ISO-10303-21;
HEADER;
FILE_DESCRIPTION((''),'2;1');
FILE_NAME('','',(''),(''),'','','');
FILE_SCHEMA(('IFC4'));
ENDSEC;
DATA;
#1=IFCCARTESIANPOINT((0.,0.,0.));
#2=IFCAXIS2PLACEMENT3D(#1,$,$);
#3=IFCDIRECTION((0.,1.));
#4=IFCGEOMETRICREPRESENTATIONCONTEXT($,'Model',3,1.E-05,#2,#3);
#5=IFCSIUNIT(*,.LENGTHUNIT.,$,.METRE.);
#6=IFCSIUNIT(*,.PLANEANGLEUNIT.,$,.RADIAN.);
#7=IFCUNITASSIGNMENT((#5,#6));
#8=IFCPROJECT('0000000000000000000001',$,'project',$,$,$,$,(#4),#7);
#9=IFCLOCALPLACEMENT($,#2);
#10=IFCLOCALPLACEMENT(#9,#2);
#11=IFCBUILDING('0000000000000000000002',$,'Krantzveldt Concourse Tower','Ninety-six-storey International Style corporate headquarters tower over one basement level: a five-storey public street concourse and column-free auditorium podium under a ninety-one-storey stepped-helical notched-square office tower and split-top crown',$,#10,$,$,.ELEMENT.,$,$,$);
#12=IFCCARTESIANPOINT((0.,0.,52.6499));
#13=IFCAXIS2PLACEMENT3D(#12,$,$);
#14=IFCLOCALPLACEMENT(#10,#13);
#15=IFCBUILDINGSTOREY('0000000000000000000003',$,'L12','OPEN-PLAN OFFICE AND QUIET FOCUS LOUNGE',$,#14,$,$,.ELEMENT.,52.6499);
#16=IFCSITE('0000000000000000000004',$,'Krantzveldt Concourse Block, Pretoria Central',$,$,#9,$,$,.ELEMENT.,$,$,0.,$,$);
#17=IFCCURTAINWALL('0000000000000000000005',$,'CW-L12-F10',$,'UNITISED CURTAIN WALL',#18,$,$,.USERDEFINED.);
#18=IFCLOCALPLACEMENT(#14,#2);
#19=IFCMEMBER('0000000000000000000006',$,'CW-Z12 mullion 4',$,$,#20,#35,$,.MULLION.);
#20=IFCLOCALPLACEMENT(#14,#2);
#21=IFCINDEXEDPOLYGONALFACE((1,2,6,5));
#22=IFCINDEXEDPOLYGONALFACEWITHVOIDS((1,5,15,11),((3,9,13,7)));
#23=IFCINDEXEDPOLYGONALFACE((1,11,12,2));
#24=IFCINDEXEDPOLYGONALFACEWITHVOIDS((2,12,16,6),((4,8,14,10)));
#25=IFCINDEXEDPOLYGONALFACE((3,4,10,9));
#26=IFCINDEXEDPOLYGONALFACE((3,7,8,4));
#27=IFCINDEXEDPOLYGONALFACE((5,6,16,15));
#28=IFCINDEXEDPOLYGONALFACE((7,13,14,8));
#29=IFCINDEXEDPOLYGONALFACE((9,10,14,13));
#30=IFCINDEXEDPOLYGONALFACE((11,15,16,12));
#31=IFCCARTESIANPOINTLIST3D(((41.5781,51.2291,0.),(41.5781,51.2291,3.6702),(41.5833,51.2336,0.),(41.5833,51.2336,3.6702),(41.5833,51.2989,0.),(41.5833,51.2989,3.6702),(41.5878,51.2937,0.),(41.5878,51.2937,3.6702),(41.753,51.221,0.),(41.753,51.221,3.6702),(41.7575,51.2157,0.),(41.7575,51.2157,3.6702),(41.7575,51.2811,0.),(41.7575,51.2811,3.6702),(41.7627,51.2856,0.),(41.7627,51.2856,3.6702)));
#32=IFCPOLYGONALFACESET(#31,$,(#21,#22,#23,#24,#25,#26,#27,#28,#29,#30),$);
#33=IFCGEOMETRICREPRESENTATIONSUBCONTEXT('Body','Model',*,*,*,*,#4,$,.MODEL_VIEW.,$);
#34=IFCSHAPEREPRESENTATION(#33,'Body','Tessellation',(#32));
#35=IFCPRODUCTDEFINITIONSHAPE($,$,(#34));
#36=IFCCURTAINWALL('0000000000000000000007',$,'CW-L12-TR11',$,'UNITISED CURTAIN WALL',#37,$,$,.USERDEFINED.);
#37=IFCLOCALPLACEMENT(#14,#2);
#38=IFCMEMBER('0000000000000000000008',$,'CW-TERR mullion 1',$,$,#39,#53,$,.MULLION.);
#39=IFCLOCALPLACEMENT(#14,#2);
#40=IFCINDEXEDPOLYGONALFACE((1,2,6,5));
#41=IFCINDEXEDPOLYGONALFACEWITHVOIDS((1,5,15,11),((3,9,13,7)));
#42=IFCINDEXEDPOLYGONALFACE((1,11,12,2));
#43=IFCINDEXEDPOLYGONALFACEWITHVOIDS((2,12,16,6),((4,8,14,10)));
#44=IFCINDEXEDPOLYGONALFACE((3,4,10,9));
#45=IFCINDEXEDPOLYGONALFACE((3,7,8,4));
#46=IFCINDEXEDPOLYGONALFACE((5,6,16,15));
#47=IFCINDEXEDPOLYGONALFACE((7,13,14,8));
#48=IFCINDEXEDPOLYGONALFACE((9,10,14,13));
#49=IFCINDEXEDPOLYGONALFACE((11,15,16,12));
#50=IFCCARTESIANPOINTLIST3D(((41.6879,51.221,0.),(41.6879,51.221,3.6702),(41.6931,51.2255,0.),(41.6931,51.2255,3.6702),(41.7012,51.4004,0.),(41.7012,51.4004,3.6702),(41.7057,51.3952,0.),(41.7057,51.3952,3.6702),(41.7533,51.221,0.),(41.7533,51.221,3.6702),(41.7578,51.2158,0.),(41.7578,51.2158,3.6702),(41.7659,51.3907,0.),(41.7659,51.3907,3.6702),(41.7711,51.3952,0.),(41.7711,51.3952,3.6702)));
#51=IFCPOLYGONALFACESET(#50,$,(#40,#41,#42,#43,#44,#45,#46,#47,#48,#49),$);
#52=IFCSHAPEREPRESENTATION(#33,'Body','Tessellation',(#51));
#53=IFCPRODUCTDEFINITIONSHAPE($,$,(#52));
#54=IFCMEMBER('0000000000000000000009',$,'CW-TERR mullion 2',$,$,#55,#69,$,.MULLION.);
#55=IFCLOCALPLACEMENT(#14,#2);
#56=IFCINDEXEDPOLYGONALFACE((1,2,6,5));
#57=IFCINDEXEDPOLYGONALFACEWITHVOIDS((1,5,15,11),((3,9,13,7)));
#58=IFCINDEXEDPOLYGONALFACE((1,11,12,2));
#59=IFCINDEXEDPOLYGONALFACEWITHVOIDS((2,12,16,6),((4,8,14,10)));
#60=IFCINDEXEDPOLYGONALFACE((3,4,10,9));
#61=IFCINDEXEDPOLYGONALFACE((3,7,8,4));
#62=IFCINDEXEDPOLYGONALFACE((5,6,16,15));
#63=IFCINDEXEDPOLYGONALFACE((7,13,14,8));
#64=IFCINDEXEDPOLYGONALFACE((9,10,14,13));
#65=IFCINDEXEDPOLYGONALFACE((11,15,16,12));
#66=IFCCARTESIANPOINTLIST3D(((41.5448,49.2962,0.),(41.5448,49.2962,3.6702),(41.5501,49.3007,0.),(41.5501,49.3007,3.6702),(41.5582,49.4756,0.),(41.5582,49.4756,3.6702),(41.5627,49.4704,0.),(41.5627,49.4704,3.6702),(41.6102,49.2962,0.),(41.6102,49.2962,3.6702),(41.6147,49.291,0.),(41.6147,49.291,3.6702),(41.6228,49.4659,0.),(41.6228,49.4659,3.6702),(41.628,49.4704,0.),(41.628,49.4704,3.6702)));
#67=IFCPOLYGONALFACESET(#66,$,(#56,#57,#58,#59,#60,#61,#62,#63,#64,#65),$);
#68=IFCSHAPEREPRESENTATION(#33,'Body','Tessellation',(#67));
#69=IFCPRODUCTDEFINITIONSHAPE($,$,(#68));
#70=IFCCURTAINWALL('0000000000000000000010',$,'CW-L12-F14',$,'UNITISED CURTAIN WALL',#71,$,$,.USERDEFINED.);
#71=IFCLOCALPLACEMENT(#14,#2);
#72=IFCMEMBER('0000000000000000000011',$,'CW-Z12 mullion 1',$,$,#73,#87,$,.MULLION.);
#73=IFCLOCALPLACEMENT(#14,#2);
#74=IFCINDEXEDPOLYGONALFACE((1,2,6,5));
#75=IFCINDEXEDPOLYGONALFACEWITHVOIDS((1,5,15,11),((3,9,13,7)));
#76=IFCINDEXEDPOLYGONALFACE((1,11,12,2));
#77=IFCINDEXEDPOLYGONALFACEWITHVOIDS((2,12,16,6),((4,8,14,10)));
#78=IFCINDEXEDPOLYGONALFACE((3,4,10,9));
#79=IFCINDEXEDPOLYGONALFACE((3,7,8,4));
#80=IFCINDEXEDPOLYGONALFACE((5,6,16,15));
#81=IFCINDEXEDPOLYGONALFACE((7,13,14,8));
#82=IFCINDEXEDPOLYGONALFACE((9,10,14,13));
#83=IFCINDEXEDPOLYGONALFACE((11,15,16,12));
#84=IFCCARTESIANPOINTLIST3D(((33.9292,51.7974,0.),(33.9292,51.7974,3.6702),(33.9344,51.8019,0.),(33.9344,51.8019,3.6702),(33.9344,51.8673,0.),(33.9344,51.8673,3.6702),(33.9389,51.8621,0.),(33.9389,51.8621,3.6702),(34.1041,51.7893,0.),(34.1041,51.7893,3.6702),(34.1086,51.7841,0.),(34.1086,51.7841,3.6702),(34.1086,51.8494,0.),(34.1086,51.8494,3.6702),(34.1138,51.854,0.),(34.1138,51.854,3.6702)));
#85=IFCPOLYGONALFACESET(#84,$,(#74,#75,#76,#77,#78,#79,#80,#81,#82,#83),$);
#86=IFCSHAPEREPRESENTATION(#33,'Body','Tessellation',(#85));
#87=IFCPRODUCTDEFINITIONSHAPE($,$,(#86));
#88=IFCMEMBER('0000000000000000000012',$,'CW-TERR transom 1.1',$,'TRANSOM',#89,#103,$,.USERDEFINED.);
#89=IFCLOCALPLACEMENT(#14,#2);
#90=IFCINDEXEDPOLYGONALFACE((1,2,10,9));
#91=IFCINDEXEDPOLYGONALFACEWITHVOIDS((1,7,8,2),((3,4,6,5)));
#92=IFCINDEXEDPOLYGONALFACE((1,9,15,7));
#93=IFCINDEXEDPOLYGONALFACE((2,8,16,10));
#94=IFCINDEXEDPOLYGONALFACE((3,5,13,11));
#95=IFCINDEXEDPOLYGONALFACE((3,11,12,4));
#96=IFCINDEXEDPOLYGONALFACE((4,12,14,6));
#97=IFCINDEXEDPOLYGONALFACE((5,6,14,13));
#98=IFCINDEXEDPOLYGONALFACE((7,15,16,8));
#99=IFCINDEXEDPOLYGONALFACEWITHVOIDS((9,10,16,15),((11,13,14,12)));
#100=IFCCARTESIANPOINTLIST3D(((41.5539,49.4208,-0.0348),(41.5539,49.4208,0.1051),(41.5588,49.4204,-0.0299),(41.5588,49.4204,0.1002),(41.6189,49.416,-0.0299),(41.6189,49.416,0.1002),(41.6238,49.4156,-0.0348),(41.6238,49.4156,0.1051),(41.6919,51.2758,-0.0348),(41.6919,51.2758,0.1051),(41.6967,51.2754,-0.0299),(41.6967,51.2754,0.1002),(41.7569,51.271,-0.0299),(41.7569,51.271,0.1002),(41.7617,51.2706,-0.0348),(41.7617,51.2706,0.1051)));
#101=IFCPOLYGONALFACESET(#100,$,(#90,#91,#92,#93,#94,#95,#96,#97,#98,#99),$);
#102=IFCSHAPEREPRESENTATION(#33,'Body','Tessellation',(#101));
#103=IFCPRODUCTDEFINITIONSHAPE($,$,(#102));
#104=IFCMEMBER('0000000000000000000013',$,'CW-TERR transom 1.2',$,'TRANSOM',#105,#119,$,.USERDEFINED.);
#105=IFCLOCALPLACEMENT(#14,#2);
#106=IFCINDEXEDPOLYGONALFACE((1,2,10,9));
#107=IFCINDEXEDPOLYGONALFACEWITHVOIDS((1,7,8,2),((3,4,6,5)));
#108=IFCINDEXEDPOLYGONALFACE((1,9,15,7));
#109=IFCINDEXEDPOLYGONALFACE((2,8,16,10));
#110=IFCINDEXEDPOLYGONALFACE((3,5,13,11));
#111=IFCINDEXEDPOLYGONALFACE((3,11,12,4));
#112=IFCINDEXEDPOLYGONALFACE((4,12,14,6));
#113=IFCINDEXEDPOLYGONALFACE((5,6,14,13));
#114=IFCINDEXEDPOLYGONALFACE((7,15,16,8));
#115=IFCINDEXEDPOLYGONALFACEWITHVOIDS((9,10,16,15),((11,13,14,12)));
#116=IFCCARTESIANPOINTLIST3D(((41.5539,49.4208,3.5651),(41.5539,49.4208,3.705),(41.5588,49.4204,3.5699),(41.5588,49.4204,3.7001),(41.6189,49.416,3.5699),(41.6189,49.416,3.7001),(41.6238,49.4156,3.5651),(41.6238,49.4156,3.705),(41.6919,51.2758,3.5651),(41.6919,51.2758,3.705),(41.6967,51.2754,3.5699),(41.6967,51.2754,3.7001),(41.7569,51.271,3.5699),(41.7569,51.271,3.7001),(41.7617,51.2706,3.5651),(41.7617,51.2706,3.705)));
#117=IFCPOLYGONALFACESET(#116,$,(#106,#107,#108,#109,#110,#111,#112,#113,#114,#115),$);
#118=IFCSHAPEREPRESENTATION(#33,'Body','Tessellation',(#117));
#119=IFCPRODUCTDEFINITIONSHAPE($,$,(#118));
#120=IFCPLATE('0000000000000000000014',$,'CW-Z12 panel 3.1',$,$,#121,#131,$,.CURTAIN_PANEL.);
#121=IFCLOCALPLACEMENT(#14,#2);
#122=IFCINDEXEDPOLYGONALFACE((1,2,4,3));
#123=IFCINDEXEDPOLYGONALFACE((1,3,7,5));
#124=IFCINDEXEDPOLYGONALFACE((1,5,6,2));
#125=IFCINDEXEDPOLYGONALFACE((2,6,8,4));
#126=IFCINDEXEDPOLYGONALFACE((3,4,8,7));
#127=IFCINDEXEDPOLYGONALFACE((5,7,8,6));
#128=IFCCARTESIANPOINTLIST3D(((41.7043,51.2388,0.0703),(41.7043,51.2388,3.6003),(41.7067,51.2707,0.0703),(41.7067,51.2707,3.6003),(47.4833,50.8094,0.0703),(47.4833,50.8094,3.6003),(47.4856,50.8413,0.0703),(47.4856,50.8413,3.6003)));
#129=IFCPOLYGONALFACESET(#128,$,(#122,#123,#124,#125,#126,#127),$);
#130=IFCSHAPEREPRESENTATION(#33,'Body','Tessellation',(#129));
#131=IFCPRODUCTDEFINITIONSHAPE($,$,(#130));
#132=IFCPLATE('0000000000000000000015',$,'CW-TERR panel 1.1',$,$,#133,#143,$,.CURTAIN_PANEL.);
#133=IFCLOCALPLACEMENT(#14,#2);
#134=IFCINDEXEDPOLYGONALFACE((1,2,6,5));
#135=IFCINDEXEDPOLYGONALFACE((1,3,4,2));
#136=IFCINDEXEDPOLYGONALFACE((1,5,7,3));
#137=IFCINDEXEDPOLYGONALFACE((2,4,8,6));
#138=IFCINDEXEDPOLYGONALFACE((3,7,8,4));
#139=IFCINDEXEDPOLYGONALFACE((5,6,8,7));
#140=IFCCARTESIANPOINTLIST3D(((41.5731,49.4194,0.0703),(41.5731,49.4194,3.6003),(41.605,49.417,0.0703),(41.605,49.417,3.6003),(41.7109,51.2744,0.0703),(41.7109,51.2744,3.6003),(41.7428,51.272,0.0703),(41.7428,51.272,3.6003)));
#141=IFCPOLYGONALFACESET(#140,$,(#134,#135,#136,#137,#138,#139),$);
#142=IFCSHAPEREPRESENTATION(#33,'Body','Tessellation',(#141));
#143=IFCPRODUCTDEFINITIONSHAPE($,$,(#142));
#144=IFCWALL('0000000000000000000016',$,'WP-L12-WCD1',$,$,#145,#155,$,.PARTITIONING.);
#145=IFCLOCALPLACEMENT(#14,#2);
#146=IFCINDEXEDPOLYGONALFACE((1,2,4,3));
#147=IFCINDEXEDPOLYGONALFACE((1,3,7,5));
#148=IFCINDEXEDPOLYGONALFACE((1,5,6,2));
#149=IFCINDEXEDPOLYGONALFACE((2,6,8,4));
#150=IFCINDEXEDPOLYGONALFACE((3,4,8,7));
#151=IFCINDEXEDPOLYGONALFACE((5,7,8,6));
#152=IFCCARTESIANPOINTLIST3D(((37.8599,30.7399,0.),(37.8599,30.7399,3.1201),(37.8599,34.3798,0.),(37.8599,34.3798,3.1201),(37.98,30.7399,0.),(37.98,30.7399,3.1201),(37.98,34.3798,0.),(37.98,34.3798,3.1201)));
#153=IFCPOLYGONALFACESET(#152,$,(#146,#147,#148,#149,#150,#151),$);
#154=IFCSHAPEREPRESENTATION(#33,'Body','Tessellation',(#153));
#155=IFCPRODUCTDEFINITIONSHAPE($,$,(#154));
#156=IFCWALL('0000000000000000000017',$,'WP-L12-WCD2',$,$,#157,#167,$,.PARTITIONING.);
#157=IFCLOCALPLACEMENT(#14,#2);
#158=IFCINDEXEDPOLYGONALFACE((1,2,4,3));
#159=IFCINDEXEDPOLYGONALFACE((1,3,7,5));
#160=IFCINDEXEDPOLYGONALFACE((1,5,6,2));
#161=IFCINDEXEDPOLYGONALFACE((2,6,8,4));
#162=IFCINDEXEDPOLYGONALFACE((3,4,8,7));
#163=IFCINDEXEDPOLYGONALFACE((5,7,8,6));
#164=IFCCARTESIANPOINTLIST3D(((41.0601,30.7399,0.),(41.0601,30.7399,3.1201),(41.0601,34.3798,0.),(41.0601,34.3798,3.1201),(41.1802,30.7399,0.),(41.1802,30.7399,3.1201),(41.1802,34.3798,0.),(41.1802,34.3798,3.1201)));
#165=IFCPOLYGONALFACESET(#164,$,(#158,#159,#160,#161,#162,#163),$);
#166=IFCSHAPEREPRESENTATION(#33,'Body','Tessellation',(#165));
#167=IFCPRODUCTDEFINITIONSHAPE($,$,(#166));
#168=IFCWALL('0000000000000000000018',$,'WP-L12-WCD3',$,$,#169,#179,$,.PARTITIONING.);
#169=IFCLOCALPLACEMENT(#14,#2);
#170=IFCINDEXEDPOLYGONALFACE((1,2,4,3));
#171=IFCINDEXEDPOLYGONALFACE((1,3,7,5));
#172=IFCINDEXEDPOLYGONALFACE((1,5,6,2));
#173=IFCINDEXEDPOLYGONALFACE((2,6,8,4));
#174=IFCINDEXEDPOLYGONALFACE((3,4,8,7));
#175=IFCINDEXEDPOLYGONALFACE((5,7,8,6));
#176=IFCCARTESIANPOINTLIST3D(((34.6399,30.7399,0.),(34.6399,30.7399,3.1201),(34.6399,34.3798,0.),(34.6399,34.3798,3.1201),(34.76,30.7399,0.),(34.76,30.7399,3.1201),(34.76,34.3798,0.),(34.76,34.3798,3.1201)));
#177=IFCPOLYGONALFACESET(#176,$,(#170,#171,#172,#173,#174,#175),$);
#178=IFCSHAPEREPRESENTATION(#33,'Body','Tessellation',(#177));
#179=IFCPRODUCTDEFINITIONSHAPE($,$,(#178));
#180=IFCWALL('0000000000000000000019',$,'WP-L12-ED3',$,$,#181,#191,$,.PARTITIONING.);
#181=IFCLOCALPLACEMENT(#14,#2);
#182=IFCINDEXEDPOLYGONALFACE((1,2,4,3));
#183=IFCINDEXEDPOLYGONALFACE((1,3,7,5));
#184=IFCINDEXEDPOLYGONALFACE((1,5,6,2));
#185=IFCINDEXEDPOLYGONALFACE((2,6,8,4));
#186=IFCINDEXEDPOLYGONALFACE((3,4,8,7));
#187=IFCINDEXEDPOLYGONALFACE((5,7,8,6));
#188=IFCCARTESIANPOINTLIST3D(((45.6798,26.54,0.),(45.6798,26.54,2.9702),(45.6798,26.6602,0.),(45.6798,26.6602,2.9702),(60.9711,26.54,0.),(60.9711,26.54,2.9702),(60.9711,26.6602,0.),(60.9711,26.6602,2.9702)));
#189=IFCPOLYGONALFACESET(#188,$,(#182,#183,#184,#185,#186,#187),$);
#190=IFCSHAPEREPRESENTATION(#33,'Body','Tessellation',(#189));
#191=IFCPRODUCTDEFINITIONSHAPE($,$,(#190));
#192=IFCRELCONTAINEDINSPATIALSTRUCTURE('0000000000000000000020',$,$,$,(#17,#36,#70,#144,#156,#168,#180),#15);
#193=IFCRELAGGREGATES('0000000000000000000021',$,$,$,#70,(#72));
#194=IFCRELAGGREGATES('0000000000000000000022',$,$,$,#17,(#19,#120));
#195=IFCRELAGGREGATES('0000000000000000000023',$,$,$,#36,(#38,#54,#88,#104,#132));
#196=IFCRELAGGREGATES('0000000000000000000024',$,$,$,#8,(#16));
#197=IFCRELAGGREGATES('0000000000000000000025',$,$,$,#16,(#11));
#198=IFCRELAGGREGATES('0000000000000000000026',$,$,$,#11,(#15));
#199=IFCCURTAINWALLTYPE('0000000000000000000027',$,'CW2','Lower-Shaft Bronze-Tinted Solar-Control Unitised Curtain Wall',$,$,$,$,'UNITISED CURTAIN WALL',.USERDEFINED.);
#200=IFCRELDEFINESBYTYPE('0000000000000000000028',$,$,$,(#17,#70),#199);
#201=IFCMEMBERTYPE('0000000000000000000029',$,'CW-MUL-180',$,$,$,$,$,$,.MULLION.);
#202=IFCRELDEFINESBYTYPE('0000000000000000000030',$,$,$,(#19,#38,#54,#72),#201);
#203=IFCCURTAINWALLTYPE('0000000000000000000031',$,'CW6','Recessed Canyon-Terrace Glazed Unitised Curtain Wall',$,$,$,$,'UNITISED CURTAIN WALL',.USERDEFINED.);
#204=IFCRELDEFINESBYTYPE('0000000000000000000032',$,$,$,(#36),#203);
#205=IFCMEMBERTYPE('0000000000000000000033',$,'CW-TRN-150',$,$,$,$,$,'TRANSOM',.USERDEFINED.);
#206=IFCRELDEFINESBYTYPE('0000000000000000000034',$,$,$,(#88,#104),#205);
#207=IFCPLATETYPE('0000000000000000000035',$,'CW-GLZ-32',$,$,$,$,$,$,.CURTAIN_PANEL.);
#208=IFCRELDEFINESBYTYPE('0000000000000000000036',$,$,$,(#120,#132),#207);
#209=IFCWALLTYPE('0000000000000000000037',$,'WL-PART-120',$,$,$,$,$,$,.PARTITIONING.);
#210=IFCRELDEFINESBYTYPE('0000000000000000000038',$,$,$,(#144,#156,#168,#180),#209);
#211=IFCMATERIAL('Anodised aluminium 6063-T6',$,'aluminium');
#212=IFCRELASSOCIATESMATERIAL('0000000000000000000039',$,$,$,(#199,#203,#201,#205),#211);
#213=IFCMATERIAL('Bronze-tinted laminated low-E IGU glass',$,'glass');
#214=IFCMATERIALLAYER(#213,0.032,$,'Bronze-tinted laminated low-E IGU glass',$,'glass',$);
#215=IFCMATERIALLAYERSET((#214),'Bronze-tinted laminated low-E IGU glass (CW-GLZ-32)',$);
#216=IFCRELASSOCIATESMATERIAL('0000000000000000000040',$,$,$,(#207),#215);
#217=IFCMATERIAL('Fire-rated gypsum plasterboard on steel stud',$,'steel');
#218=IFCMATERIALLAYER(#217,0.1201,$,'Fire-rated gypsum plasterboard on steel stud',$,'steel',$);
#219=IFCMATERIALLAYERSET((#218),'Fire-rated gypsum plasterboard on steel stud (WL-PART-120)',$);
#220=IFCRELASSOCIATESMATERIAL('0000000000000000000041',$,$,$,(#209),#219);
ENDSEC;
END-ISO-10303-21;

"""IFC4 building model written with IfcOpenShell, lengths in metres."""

from ifc_helpers import new_model, si_unit, direction, frame, frame_2d, origin, origin_2d, place, context, subcontext, project, spatial, rectangle, hollow_rectangle, extrude, source, transform, mapped, material, layer, layer_set, material_profile, profile_set, type_object, type_shapes, element, aggregate, save


model = new_model("IFC4")

# Units and contexts
model_context = context("Model", 3, precision=1e-05, world=origin(), true_north=direction((0.0, 1.0)))
body_context = subcontext(model_context, "Body", "Model", "MODEL_VIEW")
ifc_project = project(units=[si_unit("LENGTHUNIT", "METRE"), si_unit("PLANEANGLEUNIT", "RADIAN")], contexts=[model_context])

# Site, building, storey
site_placement = place(None, origin())
site = spatial("IfcSite", under=ifc_project, at=site_placement, Name="Krantzveldt Concourse Block, Pretoria Central", CompositionType="ELEMENT", RefElevation=0.0)
building_placement = place(site_placement, origin())
building = spatial("IfcBuilding", under=site, at=building_placement, Name="Krantzveldt Concourse Tower", Description="Ninety-six-storey International Style corporate headquarters tower over one basement level: a five-storey public street concourse and column-free auditorium podium under a ninety-one-storey stepped-helical notched-square office tower and split-top crown", CompositionType="ELEMENT")
storey_placement = place(building_placement, frame((0.0, 0.0, 52.6499)))
storey = spatial("IfcBuildingStorey", under=building, at=storey_placement, Name="L12", Description="OPEN-PLAN OFFICE AND QUIET FOCUS LOUNGE", CompositionType="ELEMENT", Elevation=52.6499)

# Curtain wall, member
ifc_material_1 = material(Name="Anodised aluminium 6063-T6", Category="aluminium")
curtain_wall_type_1 = type_object("IfcCurtainWallType", Name="CW2", Description="Lower-Shaft Bronze-Tinted Solar-Control Unitised Curtain Wall", ElementType="UNITISED CURTAIN WALL", PredefinedType="USERDEFINED", material=ifc_material_1)
curtain_wall_1_placement = place(storey_placement, origin())
curtain_wall_1 = element("IfcCurtainWall", 1, at=curtain_wall_1_placement, inside=storey, type_object=curtain_wall_type_1, Name="CW-L12-F10", ObjectType="UNITISED CURTAIN WALL", PredefinedType="USERDEFINED")
ifc_material_profile_1 = material_profile(ifc_material_1, hollow_rectangle(XDim=0.0701, YDim=0.1799, WallThickness=0.0049, at=origin_2d()), Name="Anodised aluminium 6063-T6", Category="aluminium")
ifc_profile_set_1 = profile_set([ifc_material_profile_1], Name="Anodised aluminium 6063-T6 - ALU-MULL 180x70x5")
member_type_1 = type_object("IfcMemberType", Name="CW-MUL-180", PredefinedType="MULLION", material=ifc_profile_set_1)
shared_shape_1 = source(origin(), body_context, "Body", "SweptSolid", [
    extrude(hollow_rectangle(XDim=0.0701, YDim=0.1799, WallThickness=0.0049, at=origin_2d()), origin(), (0.0, 0.0, 1.0), 3.6702),
])
type_shapes(member_type_1, [shared_shape_1])
member_1_placement = place(storey_placement, frame((41.6704, 51.2573, 0.0), z_axis=(0.0, 0.0, 1.0), x_axis=(-0.074108, -0.99725, 0.0)))
member_1 = element("IfcMember", 2, at=member_1_placement, type_object=member_type_1, Name="CW-Z12 mullion 4", PredefinedType="MULLION", context=body_context, shape_type="MappedRepresentation", body=[
    mapped(shared_shape_1, transform((0.0, 0.0, 0.0), x_axis=(1.0, 0.0, 0.0), y_axis=(0.0, 1.0, 0.0), z_axis=(0.0, 0.0, 1.0), scale=1.0)),
])

# Curtain wall, members
curtain_wall_type_2 = type_object("IfcCurtainWallType", Name="CW6", Description="Recessed Canyon-Terrace Glazed Unitised Curtain Wall", ElementType="UNITISED CURTAIN WALL", PredefinedType="USERDEFINED", material=ifc_material_1)
curtain_wall_2_placement = place(storey_placement, origin())
curtain_wall_2 = element("IfcCurtainWall", 3, at=curtain_wall_2_placement, inside=storey, type_object=curtain_wall_type_2, Name="CW-L12-TR11", ObjectType="UNITISED CURTAIN WALL", PredefinedType="USERDEFINED")
member_2_placement = place(storey_placement, frame((41.7295, 51.3081, 0.0), z_axis=(0.0, 0.0, 1.0), x_axis=(0.99725, -0.074105, 0.0)))
member_2 = element("IfcMember", 4, at=member_2_placement, type_object=member_type_1, Name="CW-TERR mullion 1", PredefinedType="MULLION", context=body_context, shape_type="MappedRepresentation", body=[
    mapped(shared_shape_1, transform((0.0, 0.0, 0.0), x_axis=(1.0, 0.0, 0.0), y_axis=(0.0, 1.0, 0.0), z_axis=(0.0, 0.0, 1.0), scale=1.0)),
])
member_3_placement = place(storey_placement, frame((41.5864, 49.3833, 0.0), z_axis=(0.0, 0.0, 1.0), x_axis=(0.99725, -0.074105, 0.0)))
member_3 = element("IfcMember", 5, at=member_3_placement, type_object=member_type_1, Name="CW-TERR mullion 2", PredefinedType="MULLION", context=body_context, shape_type="MappedRepresentation", body=[
    mapped(shared_shape_1, transform((0.0, 0.0, 0.0), x_axis=(1.0, 0.0, 0.0), y_axis=(0.0, 1.0, 0.0), z_axis=(0.0, 0.0, 1.0), scale=1.0)),
])

# Curtain wall, member
curtain_wall_3_placement = place(storey_placement, origin())
curtain_wall_3 = element("IfcCurtainWall", 6, at=curtain_wall_3_placement, inside=storey, type_object=curtain_wall_type_1, Name="CW-L12-F14", ObjectType="UNITISED CURTAIN WALL", PredefinedType="USERDEFINED")
member_4_placement = place(storey_placement, frame((34.0215, 51.8257, 0.0), z_axis=(0.0, 0.0, 1.0), x_axis=(-0.074108, -0.99725, 0.0)))
member_4 = element("IfcMember", 7, at=member_4_placement, type_object=member_type_1, Name="CW-Z12 mullion 1", PredefinedType="MULLION", context=body_context, shape_type="MappedRepresentation", body=[
    mapped(shared_shape_1, transform((0.0, 0.0, 0.0), x_axis=(1.0, 0.0, 0.0), y_axis=(0.0, 1.0, 0.0), z_axis=(0.0, 0.0, 1.0), scale=1.0)),
])
aggregate(curtain_wall_3, [member_4])

# Members
ifc_material_profile_2 = material_profile(ifc_material_1, hollow_rectangle(XDim=0.0701, YDim=0.1399, WallThickness=0.0049, at=origin_2d()), Name="Anodised aluminium 6063-T6", Category="aluminium")
ifc_profile_set_2 = profile_set([ifc_material_profile_2], Name="Anodised aluminium 6063-T6 - ALU-TRAN 140x70x5")
member_type_2 = type_object("IfcMemberType", Name="CW-TRN-150", ElementType="TRANSOM", PredefinedType="USERDEFINED", material=ifc_profile_set_2)
shared_shape_2 = source(origin(), body_context, "Body", "SweptSolid", [
    extrude(hollow_rectangle(XDim=0.0701, YDim=0.1399, WallThickness=0.0049, at=origin_2d()), origin(), (0.0, 0.0, 1.0), 1.8601),
])
type_shapes(member_type_2, [shared_shape_2])
member_5_placement = place(storey_placement, frame((41.7268, 51.2732, 0.0352), z_axis=(-0.074157, -0.997247, 0.0), x_axis=(0.997247, -0.074157, 0.0)))
member_5 = element("IfcMember", 8, at=member_5_placement, type_object=member_type_2, Name="CW-TERR transom 1.1", ObjectType="TRANSOM", PredefinedType="USERDEFINED", context=body_context, shape_type="MappedRepresentation", body=[
    mapped(shared_shape_2, transform((0.0, 0.0, 0.0), x_axis=(1.0, 0.0, 0.0), y_axis=(0.0, 1.0, 0.0), z_axis=(0.0, 0.0, 1.0), scale=1.0)),
])
member_6_placement = place(storey_placement, frame((41.7268, 51.2732, 3.635), z_axis=(-0.074157, -0.997247, 0.0), x_axis=(0.997247, -0.074157, 0.0)))
member_6 = element("IfcMember", 9, at=member_6_placement, type_object=member_type_2, Name="CW-TERR transom 1.2", ObjectType="TRANSOM", PredefinedType="USERDEFINED", context=body_context, shape_type="MappedRepresentation", body=[
    mapped(shared_shape_2, transform((0.0, 0.0, 0.0), x_axis=(1.0, 0.0, 0.0), y_axis=(0.0, 1.0, 0.0), z_axis=(0.0, 0.0, 1.0), scale=1.0)),
])

# Plates
ifc_material_2 = material(Name="Bronze-tinted laminated low-E IGU glass", Category="glass")
ifc_layer_1 = layer(ifc_material_2, 0.032, Name="Bronze-tinted laminated low-E IGU glass", Category="glass")
ifc_layer_set_1 = layer_set([ifc_layer_1], Name="Bronze-tinted laminated low-E IGU glass (CW-GLZ-32)")
plate_type = type_object("IfcPlateType", Name="CW-GLZ-32", PredefinedType="CURTAIN_PANEL", material=ifc_layer_set_1)
shared_shape_3 = source(origin(), body_context, "Body", "SweptSolid", [
    extrude(rectangle(XDim=5.7949, YDim=0.032, at=origin_2d()), origin(), (0.0, 0.0, 1.0), 3.53),
])
plate_1_placement = place(storey_placement, frame((44.595, 51.04, 0.0703), z_axis=(0.0, 0.0, 1.0), x_axis=(-0.99725, 0.074108, 0.0)))
plate_1 = element("IfcPlate", 10, at=plate_1_placement, type_object=plate_type, Name="CW-Z12 panel 3.1", PredefinedType="CURTAIN_PANEL", context=body_context, shape_type="MappedRepresentation", body=[
    mapped(shared_shape_3, transform((0.0, 0.0, 0.0), x_axis=(1.0, 0.0, 0.0), y_axis=(0.0, 1.0, 0.0), z_axis=(0.0, 0.0, 1.0), scale=1.0)),
])
aggregate(curtain_wall_1, [member_1, plate_1])
shared_shape_4 = source(origin(), body_context, "Body", "SweptSolid", [
    extrude(rectangle(XDim=1.8601, YDim=0.032, at=origin_2d()), origin(), (0.0, 0.0, 1.0), 3.53),
])
type_shapes(plate_type, [shared_shape_3, shared_shape_4])
plate_2_placement = place(storey_placement, frame((41.658, 50.3457, 0.0703), z_axis=(0.0, 0.0, 1.0), x_axis=(-0.074105, -0.99725, 0.0)))
plate_2 = element("IfcPlate", 11, at=plate_2_placement, type_object=plate_type, Name="CW-TERR panel 1.1", PredefinedType="CURTAIN_PANEL", context=body_context, shape_type="MappedRepresentation", body=[
    mapped(shared_shape_4, transform((0.0, 0.0, 0.0), x_axis=(1.0, 0.0, 0.0), y_axis=(0.0, 1.0, 0.0), z_axis=(0.0, 0.0, 1.0), scale=1.0)),
])
aggregate(curtain_wall_2, [member_2, member_3, member_5, member_6, plate_2])

# Walls
ifc_material_3 = material(Name="Fire-rated gypsum plasterboard on steel stud", Category="steel")
ifc_layer_2 = layer(ifc_material_3, 0.1201, Name="Fire-rated gypsum plasterboard on steel stud", Category="steel")
ifc_layer_set_2 = layer_set([ifc_layer_2], Name="Fire-rated gypsum plasterboard on steel stud (WL-PART-120)")
wall_type_1 = type_object("IfcWallType", Name="WL-PART-120", PredefinedType="PARTITIONING", material=ifc_layer_set_2)
for number, where, z_axis, x_axis, name in (
    (12, (37.9199, 30.74, 0.0), (0.0, 0.0, 1.0), (0.0, 1.0, 0.0), "WP-L12-WCD1"),
    (13, (41.1201, 30.74, 0.0), (0.0, 0.0, 1.0), (0.0, 1.0, 0.0), "WP-L12-WCD2"),
    (14, (34.7, 30.74, 0.0), (0.0, 0.0, 1.0), (0.0, 1.0, 0.0), "WP-L12-WCD3"),
):
    element("IfcWall", number, at=place(storey_placement, frame(where, z_axis=z_axis, x_axis=x_axis)), inside=storey, type_object=wall_type_1, Name=name, PredefinedType="PARTITIONING", context=body_context, shape_type="SweptSolid", body=[
        extrude(rectangle(XDim=3.6399, YDim=0.1201, at=frame_2d((1.8198, 0.0))), origin(), (0.0, 0.0, 1.0), 3.1201),
    ])
wall_1_placement = place(storey_placement, frame((45.6799, 26.6001, 0.0), z_axis=(0.0, 0.0, 1.0), x_axis=(1.0, 0.0, 0.0)))
element("IfcWall", 15, at=wall_1_placement, inside=storey, type_object=wall_type_1, Name="WP-L12-ED3", PredefinedType="PARTITIONING", context=body_context, shape_type="SweptSolid", body=[
    extrude(rectangle(XDim=15.2913, YDim=0.1201, at=frame_2d((7.6455, 0.0))), origin(), (0.0, 0.0, 1.0), 2.9702),
])

save(model, "model.ifc")
